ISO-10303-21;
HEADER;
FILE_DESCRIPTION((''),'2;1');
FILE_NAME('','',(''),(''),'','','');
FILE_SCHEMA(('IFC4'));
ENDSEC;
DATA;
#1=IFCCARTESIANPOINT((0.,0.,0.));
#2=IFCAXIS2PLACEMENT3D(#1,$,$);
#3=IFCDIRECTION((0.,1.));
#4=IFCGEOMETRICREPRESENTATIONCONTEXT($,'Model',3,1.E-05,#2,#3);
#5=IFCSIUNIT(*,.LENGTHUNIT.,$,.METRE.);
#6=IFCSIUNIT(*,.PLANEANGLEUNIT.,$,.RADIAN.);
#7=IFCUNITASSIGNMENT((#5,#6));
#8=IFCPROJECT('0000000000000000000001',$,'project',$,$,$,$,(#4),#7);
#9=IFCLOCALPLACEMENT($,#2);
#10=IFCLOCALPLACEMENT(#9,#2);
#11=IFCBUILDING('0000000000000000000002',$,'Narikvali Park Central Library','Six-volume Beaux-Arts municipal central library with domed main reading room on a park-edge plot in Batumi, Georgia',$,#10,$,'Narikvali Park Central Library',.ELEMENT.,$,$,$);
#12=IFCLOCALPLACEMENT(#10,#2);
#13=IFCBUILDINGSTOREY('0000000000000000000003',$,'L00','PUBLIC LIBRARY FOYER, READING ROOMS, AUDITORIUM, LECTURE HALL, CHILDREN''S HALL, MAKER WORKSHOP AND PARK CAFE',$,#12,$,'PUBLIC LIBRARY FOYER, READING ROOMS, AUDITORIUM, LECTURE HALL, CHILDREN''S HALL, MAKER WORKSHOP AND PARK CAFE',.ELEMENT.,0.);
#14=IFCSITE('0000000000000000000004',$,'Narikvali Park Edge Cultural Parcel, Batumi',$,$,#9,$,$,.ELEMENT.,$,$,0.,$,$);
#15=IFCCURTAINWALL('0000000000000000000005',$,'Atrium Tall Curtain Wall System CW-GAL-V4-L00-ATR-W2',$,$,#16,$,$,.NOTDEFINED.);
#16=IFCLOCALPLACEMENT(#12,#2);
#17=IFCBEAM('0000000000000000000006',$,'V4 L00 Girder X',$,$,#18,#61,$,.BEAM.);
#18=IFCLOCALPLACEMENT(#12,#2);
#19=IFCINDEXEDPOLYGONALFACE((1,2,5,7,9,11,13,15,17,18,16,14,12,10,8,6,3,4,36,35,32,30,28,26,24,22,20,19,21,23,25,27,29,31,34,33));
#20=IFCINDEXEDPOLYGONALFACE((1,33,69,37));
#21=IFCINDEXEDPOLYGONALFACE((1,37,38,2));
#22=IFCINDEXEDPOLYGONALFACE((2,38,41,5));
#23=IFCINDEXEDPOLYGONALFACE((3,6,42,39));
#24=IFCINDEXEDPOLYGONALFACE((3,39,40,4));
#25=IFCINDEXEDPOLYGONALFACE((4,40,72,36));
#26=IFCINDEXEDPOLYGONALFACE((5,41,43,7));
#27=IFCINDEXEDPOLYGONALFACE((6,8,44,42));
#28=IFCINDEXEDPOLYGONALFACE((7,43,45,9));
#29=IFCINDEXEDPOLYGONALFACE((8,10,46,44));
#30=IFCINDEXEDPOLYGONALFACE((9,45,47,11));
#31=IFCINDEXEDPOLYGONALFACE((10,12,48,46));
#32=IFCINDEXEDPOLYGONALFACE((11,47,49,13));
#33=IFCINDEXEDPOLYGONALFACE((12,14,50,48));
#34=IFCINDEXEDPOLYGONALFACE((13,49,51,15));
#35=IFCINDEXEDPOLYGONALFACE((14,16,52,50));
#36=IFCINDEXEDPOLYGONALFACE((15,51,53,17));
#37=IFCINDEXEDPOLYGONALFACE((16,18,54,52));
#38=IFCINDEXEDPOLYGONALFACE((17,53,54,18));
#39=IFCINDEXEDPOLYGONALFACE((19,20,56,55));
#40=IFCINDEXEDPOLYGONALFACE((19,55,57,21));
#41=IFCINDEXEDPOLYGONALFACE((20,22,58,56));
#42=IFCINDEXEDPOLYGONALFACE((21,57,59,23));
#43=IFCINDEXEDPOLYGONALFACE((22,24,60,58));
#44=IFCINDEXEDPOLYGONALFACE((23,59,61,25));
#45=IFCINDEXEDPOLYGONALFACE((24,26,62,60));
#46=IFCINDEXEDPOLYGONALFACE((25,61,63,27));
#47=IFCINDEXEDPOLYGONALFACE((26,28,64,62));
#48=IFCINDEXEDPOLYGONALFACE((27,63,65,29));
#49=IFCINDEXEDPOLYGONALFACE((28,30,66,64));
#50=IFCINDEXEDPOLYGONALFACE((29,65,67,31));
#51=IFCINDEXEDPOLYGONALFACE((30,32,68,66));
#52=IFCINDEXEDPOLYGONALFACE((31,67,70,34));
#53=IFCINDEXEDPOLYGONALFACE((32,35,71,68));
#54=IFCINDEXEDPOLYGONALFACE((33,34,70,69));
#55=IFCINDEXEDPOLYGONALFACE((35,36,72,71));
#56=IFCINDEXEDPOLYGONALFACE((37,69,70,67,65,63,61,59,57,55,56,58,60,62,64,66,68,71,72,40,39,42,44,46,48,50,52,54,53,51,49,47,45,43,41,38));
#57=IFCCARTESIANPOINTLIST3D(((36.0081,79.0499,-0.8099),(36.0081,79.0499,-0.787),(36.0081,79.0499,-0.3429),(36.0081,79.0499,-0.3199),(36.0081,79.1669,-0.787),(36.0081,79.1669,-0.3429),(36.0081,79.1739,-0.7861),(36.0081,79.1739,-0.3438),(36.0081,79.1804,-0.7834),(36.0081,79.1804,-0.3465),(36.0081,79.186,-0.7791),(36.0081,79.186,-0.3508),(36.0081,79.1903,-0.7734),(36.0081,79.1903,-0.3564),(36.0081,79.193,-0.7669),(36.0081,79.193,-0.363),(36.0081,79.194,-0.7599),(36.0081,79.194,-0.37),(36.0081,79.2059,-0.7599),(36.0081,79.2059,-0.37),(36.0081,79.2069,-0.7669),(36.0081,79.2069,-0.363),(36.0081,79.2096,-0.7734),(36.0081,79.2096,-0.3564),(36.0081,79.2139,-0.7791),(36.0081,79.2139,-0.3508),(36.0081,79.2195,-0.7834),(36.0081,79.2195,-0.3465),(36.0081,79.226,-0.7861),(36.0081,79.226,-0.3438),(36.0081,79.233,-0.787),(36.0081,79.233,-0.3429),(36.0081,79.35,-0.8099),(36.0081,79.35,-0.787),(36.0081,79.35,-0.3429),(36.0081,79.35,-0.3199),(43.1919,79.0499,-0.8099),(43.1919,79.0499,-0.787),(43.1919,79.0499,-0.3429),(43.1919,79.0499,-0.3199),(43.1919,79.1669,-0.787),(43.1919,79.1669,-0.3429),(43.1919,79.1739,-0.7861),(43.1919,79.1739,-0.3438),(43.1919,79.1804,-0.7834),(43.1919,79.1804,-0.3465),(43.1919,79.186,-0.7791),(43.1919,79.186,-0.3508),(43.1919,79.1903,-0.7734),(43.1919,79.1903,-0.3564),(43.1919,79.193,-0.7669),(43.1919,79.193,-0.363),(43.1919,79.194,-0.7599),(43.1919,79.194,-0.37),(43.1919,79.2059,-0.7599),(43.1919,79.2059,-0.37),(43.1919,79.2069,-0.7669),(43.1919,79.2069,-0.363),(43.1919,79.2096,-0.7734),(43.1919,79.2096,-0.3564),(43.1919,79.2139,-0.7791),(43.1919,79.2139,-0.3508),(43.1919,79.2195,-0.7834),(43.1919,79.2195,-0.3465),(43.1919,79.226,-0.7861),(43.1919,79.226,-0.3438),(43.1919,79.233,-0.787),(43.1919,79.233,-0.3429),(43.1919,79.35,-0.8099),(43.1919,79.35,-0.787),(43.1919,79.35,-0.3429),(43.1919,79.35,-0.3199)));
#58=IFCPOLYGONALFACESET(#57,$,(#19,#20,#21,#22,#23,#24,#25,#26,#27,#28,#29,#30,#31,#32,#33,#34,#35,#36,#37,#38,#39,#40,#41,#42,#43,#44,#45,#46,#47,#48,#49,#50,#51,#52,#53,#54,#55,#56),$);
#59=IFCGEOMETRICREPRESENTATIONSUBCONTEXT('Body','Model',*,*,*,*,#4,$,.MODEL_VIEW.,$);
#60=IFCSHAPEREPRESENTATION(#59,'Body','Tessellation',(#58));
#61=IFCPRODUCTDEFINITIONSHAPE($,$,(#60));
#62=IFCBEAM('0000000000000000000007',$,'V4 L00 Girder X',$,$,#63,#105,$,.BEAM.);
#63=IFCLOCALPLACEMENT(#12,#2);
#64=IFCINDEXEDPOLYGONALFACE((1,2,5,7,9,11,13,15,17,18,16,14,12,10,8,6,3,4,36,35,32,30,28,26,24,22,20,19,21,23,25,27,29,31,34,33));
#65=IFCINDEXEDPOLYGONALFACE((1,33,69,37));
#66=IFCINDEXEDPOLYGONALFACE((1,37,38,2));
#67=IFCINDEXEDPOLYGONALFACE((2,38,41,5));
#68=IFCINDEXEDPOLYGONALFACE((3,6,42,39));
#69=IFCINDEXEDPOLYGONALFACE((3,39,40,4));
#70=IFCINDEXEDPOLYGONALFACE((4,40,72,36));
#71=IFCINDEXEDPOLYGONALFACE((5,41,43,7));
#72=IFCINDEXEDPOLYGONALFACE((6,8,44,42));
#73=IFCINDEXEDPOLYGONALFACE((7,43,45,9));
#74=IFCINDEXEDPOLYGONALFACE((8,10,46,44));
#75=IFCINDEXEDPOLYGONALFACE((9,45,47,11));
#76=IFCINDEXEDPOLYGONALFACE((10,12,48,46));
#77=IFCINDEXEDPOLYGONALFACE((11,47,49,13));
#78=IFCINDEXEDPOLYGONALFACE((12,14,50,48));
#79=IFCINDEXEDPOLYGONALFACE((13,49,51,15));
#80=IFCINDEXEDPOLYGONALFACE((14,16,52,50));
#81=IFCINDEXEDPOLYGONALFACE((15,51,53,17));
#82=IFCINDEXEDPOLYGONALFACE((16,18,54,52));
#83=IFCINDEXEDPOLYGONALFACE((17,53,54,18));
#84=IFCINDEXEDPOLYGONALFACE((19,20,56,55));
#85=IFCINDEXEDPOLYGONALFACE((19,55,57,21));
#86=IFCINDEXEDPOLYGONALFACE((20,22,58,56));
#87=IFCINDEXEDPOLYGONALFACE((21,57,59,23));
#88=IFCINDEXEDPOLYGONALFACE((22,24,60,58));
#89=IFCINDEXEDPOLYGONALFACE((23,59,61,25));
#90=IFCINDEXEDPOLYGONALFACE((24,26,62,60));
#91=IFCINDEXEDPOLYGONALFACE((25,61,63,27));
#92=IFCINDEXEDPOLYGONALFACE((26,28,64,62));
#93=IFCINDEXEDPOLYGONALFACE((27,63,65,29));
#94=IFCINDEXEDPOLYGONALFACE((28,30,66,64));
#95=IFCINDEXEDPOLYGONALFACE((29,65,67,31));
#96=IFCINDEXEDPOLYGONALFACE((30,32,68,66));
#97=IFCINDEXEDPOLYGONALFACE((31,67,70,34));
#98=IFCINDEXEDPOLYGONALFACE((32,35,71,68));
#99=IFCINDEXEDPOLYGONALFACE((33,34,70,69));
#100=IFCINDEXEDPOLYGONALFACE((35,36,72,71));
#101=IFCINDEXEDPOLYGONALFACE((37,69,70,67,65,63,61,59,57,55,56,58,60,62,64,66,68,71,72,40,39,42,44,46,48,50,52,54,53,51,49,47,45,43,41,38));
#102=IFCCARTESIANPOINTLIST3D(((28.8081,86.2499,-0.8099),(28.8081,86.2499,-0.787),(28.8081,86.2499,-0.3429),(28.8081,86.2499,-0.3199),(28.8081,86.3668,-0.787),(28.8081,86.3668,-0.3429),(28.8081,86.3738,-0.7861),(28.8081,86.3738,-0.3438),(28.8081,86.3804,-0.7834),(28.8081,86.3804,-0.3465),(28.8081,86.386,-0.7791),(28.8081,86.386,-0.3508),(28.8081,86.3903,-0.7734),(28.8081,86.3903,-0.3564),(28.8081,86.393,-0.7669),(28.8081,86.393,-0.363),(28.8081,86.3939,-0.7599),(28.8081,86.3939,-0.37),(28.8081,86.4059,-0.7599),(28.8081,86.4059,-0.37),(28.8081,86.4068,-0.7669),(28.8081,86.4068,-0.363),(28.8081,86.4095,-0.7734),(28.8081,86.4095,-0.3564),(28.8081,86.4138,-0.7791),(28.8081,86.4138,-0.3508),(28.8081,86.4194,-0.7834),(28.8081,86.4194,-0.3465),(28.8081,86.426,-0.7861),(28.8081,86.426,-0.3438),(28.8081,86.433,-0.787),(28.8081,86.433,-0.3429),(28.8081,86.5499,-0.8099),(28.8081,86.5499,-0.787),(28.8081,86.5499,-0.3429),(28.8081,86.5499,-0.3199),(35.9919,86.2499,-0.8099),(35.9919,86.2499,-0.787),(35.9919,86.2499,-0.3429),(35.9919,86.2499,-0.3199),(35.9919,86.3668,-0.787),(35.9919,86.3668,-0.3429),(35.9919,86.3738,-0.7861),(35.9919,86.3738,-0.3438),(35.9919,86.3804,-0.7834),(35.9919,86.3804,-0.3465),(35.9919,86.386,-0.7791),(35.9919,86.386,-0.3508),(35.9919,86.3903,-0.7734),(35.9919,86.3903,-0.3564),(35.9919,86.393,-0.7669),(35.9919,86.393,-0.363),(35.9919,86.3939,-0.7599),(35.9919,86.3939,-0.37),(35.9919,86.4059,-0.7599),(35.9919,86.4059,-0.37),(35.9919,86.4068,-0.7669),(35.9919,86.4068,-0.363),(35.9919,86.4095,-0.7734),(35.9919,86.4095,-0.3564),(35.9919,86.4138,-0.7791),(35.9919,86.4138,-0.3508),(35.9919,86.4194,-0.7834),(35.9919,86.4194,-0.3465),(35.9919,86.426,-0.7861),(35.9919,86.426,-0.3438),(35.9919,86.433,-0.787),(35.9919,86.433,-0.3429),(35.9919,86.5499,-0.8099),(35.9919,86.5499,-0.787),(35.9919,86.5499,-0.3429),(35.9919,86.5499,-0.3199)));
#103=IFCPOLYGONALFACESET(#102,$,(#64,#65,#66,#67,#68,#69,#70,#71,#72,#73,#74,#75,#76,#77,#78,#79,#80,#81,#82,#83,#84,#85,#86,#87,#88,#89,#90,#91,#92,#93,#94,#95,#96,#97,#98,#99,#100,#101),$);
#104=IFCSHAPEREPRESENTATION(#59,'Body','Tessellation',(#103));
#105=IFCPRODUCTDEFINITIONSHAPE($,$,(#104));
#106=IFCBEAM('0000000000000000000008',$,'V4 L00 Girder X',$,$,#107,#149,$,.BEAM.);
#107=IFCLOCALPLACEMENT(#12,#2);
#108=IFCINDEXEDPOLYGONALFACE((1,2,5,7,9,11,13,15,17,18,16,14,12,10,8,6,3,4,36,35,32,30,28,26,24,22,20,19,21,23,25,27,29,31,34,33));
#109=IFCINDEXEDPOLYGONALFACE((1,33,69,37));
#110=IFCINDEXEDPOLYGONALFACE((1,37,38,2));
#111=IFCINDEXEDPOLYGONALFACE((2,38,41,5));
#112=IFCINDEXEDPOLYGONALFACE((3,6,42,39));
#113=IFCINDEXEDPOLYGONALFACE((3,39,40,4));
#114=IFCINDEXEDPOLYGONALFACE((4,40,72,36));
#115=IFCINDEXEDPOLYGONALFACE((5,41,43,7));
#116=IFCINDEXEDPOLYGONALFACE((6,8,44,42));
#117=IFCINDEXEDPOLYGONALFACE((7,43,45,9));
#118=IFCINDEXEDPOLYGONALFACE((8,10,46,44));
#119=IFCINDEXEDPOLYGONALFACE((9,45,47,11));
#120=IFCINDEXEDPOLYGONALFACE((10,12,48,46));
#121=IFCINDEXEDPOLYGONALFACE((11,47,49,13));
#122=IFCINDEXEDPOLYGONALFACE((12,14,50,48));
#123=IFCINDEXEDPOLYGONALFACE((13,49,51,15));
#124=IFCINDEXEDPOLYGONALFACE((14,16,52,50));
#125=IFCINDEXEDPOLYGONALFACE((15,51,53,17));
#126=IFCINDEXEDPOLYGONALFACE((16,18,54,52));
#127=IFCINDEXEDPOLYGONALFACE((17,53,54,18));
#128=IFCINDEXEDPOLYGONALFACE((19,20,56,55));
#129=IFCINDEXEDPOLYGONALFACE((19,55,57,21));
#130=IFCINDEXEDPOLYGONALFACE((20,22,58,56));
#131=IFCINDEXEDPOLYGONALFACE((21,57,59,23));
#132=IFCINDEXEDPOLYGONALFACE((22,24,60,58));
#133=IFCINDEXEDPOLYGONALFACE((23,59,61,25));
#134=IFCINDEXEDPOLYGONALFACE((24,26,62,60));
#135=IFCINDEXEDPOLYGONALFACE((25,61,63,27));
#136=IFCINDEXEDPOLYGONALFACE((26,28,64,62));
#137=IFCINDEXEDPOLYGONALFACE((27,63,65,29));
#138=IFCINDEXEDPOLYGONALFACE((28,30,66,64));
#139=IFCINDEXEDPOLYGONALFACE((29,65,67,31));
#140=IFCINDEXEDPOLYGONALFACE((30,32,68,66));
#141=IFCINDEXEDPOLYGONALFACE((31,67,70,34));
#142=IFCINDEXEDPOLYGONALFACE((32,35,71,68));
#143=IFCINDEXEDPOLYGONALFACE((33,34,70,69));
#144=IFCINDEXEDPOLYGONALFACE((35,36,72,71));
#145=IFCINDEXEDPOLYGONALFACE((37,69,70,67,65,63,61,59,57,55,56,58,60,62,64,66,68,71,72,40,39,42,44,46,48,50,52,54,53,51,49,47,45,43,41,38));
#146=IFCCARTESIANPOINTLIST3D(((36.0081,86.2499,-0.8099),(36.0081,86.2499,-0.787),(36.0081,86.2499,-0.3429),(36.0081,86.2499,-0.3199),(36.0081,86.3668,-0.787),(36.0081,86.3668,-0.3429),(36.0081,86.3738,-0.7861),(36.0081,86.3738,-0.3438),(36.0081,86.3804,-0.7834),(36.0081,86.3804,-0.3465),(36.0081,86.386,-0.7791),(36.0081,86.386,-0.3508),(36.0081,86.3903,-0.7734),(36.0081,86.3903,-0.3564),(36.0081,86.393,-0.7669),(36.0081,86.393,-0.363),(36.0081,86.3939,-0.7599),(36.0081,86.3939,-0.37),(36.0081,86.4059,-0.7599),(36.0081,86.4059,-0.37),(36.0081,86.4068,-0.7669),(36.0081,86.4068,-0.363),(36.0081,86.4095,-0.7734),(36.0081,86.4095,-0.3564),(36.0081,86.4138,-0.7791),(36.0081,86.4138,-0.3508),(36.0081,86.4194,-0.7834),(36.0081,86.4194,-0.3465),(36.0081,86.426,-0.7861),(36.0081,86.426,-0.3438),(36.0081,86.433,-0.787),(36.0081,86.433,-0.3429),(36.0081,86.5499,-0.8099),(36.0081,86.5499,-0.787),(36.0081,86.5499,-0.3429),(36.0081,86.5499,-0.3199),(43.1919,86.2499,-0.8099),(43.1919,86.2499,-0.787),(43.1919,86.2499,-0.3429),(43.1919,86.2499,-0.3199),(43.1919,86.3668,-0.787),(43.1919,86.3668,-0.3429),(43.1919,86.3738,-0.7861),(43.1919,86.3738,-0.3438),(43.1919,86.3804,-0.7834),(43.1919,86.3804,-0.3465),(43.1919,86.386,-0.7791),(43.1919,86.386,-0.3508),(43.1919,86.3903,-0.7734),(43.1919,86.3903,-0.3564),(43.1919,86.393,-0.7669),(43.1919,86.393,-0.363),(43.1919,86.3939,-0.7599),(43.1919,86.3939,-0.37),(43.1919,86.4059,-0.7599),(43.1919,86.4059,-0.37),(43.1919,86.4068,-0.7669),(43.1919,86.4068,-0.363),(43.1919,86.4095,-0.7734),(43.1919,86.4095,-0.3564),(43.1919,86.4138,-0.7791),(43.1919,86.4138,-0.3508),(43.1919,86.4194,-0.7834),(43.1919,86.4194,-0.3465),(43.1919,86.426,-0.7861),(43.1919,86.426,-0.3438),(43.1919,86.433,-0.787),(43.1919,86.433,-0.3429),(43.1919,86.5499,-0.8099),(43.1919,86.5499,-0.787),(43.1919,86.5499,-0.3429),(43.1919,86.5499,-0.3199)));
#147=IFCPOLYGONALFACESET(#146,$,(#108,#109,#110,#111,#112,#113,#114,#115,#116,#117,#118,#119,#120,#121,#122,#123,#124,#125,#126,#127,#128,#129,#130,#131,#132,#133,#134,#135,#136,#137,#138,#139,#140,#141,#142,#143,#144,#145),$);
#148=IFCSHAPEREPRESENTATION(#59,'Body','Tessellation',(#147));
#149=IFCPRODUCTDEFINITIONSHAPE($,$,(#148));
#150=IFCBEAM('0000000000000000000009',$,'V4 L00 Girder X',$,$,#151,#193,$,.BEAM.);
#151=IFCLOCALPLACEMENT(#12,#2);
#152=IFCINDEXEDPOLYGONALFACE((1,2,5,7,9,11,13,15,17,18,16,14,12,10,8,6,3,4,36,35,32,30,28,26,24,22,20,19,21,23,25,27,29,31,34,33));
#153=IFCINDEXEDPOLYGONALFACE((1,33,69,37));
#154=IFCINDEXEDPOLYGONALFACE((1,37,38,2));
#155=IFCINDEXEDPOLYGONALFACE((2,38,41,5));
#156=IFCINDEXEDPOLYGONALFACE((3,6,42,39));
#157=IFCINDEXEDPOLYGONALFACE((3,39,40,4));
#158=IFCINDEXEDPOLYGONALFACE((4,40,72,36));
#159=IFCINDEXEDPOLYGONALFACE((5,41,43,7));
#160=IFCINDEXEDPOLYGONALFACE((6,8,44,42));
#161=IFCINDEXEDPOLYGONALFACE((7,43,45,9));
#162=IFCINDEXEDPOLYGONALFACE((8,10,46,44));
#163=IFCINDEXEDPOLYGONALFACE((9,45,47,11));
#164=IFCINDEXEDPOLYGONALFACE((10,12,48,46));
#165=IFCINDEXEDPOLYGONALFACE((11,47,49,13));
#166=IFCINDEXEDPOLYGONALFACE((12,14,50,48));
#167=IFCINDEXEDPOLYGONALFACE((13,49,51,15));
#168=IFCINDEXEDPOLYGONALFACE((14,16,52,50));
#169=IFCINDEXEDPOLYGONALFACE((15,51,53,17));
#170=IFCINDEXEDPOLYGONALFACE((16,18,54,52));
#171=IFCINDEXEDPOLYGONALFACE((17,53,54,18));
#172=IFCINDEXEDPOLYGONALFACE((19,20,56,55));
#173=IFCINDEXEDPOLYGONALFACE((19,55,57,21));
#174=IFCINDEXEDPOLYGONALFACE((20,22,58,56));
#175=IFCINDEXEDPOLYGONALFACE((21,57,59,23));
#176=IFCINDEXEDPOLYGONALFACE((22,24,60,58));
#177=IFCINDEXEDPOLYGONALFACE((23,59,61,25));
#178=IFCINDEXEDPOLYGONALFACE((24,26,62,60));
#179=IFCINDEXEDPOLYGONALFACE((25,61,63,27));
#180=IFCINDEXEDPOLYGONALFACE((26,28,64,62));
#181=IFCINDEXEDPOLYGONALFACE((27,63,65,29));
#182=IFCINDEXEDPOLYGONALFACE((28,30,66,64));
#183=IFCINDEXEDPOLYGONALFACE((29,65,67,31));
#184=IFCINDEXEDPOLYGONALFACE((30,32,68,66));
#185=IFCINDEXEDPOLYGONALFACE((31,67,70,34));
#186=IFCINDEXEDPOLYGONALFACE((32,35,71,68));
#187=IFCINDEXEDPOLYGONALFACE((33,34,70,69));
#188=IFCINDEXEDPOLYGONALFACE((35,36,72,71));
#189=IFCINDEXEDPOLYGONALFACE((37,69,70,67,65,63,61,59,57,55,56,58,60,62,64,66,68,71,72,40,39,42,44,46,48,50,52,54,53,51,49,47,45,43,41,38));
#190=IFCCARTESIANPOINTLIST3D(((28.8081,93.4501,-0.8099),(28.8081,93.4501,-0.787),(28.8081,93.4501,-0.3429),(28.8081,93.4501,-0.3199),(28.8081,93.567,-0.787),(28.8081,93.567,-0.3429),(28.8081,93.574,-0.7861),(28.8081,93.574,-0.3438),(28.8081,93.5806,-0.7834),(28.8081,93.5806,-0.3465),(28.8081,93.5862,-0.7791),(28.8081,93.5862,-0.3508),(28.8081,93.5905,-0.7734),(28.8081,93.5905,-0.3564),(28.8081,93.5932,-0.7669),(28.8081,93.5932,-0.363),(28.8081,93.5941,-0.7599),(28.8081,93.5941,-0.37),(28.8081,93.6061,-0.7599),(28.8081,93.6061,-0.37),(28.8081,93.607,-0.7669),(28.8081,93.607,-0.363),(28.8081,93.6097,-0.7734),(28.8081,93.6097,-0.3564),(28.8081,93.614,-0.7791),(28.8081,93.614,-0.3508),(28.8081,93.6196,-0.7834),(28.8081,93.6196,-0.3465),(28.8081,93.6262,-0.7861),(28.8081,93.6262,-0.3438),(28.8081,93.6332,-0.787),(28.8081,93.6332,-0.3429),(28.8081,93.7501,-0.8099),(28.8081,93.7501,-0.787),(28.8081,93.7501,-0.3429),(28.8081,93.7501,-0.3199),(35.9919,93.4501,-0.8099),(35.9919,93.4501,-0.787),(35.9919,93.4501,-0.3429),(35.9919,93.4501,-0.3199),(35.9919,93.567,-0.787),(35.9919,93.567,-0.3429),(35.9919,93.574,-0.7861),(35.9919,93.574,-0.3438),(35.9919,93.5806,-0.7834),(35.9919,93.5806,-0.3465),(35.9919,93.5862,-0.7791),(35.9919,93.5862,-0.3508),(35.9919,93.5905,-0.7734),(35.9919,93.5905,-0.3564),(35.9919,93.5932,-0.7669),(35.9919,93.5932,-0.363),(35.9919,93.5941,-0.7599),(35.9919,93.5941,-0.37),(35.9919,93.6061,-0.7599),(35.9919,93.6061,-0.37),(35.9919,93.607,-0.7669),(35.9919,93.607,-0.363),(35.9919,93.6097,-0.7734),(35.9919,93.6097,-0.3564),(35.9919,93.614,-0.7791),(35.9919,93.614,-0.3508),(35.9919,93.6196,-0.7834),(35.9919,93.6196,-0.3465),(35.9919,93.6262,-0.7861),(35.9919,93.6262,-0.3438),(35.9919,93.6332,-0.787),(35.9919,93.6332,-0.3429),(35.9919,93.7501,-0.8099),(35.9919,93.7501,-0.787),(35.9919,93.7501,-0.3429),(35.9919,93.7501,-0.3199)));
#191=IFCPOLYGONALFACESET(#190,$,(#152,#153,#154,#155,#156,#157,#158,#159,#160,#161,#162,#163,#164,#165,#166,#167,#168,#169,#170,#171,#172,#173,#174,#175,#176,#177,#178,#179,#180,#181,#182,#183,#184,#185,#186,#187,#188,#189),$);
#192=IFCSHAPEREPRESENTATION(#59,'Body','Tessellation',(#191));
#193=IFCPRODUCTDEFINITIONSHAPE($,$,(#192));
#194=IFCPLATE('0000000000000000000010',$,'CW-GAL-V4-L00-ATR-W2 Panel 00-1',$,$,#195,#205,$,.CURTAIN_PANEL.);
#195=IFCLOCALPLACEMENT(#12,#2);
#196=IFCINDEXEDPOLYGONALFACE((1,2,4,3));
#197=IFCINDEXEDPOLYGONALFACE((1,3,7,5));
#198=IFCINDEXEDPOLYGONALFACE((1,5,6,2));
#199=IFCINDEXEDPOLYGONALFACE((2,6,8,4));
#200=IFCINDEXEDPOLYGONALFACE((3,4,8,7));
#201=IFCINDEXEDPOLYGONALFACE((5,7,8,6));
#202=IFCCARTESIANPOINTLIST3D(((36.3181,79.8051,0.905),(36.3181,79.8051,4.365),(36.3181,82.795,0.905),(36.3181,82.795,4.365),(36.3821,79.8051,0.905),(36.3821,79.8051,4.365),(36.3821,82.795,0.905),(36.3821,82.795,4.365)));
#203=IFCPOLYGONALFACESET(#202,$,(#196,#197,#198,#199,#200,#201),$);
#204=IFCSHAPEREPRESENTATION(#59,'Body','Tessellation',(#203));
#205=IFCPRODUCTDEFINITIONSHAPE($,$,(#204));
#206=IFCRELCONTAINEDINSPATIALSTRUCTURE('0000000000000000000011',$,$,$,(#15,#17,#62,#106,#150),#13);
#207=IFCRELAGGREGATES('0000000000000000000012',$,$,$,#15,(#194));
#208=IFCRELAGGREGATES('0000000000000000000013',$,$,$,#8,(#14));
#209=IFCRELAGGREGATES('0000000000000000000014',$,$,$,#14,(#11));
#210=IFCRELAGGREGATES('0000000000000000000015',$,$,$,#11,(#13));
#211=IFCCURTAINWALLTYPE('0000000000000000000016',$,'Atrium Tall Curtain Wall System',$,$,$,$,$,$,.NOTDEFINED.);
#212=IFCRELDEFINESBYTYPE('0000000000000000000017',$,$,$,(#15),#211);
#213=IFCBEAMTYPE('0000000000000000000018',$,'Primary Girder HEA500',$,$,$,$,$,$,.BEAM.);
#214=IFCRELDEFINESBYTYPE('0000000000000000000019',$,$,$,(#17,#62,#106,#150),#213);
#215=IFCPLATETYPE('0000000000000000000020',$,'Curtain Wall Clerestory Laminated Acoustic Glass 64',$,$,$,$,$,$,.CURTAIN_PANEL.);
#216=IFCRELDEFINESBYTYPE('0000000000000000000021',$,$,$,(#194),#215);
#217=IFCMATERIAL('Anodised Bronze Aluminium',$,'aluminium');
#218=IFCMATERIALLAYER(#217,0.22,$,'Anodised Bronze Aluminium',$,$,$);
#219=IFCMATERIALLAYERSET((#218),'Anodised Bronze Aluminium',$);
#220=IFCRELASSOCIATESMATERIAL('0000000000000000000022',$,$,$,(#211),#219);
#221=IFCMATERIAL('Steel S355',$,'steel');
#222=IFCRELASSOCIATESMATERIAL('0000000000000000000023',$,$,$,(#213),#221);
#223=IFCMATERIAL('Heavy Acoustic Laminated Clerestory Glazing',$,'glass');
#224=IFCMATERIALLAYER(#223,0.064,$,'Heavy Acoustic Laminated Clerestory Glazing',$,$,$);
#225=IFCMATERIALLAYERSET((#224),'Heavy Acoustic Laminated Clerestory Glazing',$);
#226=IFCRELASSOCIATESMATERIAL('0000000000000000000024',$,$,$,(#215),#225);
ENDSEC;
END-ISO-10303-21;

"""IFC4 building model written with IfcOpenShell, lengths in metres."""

from ifc_helpers import new_model, si_unit, direction, frame, origin, origin_2d, place, context, subcontext, project, spatial, rectangle, i_section, extrude, material, layer, layer_set, material_profile, profile_set, type_object, element, aggregate, save


model = new_model("IFC4")

# Units and contexts
model_context = context("Model", 3, precision=1e-05, world=origin(), true_north=direction((0.0, 1.0)))
body_context = subcontext(model_context, "Body", "Model", "MODEL_VIEW")
ifc_project = project(units=[si_unit("LENGTHUNIT", "METRE"), si_unit("PLANEANGLEUNIT", "RADIAN")], contexts=[model_context])

# Site, building, storey
site_placement = place(None, origin())
site = spatial("IfcSite", under=ifc_project, at=site_placement, Name="Narikvali Park Edge Cultural Parcel, Batumi", CompositionType="ELEMENT", RefElevation=0.0)
building_placement = place(site_placement, origin())
building = spatial("IfcBuilding", under=site, at=building_placement, Name="Narikvali Park Central Library", Description="Six-volume Beaux-Arts municipal central library with domed main reading room on a park-edge plot in Batumi, Georgia", LongName="Narikvali Park Central Library", CompositionType="ELEMENT")
storey_placement = place(building_placement, origin())
storey = spatial("IfcBuildingStorey", under=building, at=storey_placement, Name="L00", Description="PUBLIC LIBRARY FOYER, READING ROOMS, AUDITORIUM, LECTURE HALL, CHILDREN'S HALL, MAKER WORKSHOP AND PARK CAFE", LongName="PUBLIC LIBRARY FOYER, READING ROOMS, AUDITORIUM, LECTURE HALL, CHILDREN'S HALL, MAKER WORKSHOP AND PARK CAFE", CompositionType="ELEMENT", Elevation=0.0)

# Shared definitions
ifc_material_1 = material(Name="Steel S355", Category="steel")

# Curtain wall
ifc_material_2 = material(Name="Anodised Bronze Aluminium", Category="aluminium")
ifc_layer_1 = layer(ifc_material_2, 0.22, Name="Anodised Bronze Aluminium")
ifc_layer_set_1 = layer_set([ifc_layer_1], Name="Anodised Bronze Aluminium")
curtain_wall_type = type_object("IfcCurtainWallType", Name="Atrium Tall Curtain Wall System", PredefinedType="NOTDEFINED", material=ifc_layer_set_1)
curtain_wall_placement = place(storey_placement, origin())
curtain_wall = element("IfcCurtainWall", 1, at=curtain_wall_placement, inside=storey, type_object=curtain_wall_type, Name="Atrium Tall Curtain Wall System CW-GAL-V4-L00-ATR-W2", PredefinedType="NOTDEFINED")

# Beams
ifc_material_profile_1 = material_profile(ifc_material_1, i_section(OverallWidth=0.3, OverallDepth=0.49, WebThickness=0.012, FlangeThickness=0.0229, FilletRadius=0.0271, at=origin_2d()), Name="HEA 500")
ifc_profile_set_1 = profile_set([ifc_material_profile_1], Name="Steel S355")
beam_type_1 = type_object("IfcBeamType", Name="Primary Girder HEA500", PredefinedType="BEAM", material=ifc_profile_set_1)
for number, where, z_axis, x_axis, name in (
    (2, (36.0081, 79.2, -0.5649), (1.0, 0.0, 0.0), (0.0, 1.0, 0.0), "V4 L00 Girder X"),
    (3, (28.8081, 86.3999, -0.5649), (1.0, 0.0, 0.0), (0.0, 1.0, 0.0), "V4 L00 Girder X"),
    (4, (36.0081, 86.3999, -0.5649), (1.0, 0.0, 0.0), (0.0, 1.0, 0.0), "V4 L00 Girder X"),
    (5, (28.8081, 93.6001, -0.5649), (1.0, 0.0, 0.0), (0.0, 1.0, 0.0), "V4 L00 Girder X"),
):
    element("IfcBeam", number, at=place(storey_placement, frame(where, z_axis=z_axis, x_axis=x_axis)), inside=storey, type_object=beam_type_1, Name=name, PredefinedType="BEAM", context=body_context, shape_type="SweptSolid", body=[
        extrude(i_section(OverallWidth=0.3, OverallDepth=0.49, WebThickness=0.012, FlangeThickness=0.0229, FilletRadius=0.0271, at=origin_2d()), origin(), (0.0, 0.0, 1.0), 7.1838),
    ])

# Plate
ifc_material_3 = material(Name="Heavy Acoustic Laminated Clerestory Glazing", Category="glass")
ifc_layer_2 = layer(ifc_material_3, 0.064, Name="Heavy Acoustic Laminated Clerestory Glazing")
ifc_layer_set_2 = layer_set([ifc_layer_2], Name="Heavy Acoustic Laminated Clerestory Glazing")
plate_type_1 = type_object("IfcPlateType", Name="Curtain Wall Clerestory Laminated Acoustic Glass 64", PredefinedType="CURTAIN_PANEL", material=ifc_layer_set_2)
plate_1_placement = place(storey_placement, frame((36.3501, 81.3, 0.905), z_axis=(0.0, 0.0, 1.0), x_axis=(0.0, 1.0, 0.0)))
plate_1 = element("IfcPlate", 6, at=plate_1_placement, type_object=plate_type_1, Name="CW-GAL-V4-L00-ATR-W2 Panel 00-1", PredefinedType="CURTAIN_PANEL", context=body_context, shape_type="SweptSolid", body=[
    extrude(rectangle(XDim=2.99, YDim=0.064, at=origin_2d()), origin(), (0.0, 0.0, 1.0), 3.46),
])
aggregate(curtain_wall, [plate_1])

save(model, "model.ifc")
